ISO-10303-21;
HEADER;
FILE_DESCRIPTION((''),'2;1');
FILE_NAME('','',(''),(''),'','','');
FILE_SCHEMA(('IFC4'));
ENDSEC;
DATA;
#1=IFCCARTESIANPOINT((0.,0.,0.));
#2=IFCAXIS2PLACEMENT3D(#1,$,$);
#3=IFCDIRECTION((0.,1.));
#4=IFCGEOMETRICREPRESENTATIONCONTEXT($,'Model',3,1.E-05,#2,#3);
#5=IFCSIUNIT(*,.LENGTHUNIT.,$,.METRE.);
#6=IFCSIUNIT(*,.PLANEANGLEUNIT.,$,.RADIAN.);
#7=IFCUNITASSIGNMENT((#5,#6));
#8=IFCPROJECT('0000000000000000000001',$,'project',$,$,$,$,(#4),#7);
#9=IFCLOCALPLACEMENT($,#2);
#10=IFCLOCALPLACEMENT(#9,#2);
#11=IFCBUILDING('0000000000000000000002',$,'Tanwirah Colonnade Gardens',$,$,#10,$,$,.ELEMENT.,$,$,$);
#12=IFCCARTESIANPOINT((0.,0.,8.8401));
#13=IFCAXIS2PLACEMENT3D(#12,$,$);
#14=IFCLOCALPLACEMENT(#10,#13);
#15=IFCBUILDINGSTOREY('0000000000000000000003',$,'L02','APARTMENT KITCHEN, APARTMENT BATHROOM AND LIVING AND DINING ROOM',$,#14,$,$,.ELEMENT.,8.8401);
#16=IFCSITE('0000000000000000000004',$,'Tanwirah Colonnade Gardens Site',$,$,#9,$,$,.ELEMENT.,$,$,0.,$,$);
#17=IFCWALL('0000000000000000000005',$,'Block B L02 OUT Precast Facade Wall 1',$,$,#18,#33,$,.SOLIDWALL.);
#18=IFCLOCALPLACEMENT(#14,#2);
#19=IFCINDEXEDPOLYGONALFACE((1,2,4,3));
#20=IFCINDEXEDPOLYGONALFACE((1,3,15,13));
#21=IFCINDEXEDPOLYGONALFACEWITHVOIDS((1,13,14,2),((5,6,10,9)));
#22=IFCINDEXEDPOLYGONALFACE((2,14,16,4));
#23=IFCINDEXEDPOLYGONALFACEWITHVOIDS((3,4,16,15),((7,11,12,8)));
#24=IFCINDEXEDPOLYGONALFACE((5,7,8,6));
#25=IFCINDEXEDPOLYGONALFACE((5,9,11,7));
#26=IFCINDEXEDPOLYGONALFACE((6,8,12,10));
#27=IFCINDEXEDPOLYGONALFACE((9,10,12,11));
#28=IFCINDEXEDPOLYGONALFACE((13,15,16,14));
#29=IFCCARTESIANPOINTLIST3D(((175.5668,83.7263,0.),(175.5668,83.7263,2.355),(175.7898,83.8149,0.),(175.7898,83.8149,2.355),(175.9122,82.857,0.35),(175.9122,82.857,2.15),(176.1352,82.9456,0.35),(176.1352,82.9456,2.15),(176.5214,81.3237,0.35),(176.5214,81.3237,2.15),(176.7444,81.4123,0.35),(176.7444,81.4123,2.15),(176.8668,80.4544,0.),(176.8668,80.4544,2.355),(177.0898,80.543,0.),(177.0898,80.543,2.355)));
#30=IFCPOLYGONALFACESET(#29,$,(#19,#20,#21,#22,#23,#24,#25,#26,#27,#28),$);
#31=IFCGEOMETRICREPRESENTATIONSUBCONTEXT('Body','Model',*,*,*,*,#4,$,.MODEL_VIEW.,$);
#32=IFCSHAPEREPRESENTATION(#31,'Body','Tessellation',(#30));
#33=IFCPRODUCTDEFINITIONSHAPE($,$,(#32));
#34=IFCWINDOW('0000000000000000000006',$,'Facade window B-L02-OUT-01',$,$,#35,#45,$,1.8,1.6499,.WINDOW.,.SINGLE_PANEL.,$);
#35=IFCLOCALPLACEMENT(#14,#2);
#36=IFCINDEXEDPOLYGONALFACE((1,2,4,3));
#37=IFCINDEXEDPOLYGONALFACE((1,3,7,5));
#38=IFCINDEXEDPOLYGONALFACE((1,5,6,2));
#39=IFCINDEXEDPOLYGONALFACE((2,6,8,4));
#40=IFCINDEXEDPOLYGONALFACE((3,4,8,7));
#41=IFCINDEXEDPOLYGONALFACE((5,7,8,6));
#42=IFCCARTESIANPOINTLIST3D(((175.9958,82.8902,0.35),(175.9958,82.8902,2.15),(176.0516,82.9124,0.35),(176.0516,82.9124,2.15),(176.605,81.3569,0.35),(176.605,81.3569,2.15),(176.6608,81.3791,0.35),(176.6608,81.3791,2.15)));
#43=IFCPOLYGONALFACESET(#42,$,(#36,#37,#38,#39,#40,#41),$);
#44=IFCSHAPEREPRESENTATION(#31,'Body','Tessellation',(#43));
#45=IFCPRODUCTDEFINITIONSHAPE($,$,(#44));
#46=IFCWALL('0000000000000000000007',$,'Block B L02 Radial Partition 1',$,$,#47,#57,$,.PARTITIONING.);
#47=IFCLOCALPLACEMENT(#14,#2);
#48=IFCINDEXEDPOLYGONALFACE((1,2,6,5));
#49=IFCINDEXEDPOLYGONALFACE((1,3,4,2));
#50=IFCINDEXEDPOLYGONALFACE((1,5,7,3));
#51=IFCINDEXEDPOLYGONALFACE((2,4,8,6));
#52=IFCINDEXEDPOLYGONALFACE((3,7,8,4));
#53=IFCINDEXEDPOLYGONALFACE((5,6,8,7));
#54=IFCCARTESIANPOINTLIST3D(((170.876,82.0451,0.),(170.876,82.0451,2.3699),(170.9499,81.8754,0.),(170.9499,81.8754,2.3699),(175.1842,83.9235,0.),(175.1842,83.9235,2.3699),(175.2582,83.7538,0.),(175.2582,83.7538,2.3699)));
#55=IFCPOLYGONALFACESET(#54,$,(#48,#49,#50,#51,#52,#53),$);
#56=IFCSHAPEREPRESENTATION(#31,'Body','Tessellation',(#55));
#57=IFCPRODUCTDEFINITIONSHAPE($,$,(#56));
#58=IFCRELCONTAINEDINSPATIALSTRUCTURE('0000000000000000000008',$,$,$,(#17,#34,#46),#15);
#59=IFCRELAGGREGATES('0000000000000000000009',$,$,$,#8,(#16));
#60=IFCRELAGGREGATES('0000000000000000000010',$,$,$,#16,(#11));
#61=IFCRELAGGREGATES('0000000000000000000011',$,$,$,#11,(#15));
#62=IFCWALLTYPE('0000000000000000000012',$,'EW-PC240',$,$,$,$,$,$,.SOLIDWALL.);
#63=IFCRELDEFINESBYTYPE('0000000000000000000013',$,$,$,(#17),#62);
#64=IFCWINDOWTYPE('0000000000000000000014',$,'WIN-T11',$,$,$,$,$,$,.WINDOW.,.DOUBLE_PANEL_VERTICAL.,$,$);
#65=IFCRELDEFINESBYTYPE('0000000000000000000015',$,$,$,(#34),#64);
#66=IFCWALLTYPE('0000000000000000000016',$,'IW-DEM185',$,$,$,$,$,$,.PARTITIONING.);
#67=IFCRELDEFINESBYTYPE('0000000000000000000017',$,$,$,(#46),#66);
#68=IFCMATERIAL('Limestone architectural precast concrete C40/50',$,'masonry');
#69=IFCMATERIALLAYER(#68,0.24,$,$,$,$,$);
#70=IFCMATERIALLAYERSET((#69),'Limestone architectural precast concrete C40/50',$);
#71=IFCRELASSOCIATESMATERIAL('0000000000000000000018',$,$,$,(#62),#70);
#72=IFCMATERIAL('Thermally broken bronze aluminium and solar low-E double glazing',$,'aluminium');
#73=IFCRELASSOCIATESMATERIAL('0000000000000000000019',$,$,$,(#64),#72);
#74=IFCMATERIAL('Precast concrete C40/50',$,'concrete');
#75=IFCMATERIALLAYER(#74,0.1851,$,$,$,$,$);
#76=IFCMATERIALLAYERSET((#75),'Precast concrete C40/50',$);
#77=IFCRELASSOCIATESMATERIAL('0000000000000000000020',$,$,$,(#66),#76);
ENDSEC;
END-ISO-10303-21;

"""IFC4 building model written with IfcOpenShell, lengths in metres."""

from ifc_helpers import new_model, si_unit, direction, frame, frame_2d, origin, place, context, subcontext, project, spatial, rectangle, extrude, material, layer, layer_set, type_object, element, fill, save


model = new_model("IFC4")

# Units and contexts
model_context = context("Model", 3, precision=1e-05, world=origin(), true_north=direction((0.0, 1.0)))
body_context = subcontext(model_context, "Body", "Model", "MODEL_VIEW")
ifc_project = project(units=[si_unit("LENGTHUNIT", "METRE"), si_unit("PLANEANGLEUNIT", "RADIAN")], contexts=[model_context])

# Site, building, storey
site_placement = place(None, origin())
site = spatial("IfcSite", under=ifc_project, at=site_placement, Name="Tanwirah Colonnade Gardens Site", CompositionType="ELEMENT", RefElevation=0.0)
building_placement = place(site_placement, origin())
building = spatial("IfcBuilding", under=site, at=building_placement, Name="Tanwirah Colonnade Gardens", CompositionType="ELEMENT")
storey_placement = place(building_placement, frame((0.0, 0.0, 8.8401)))
storey = spatial("IfcBuildingStorey", under=building, at=storey_placement, Name="L02", Description="APARTMENT KITCHEN, APARTMENT BATHROOM AND LIVING AND DINING ROOM", CompositionType="ELEMENT", Elevation=8.8401)

# Shared definitions
ifc_material_1 = material(Name="Precast concrete C40/50", Category="concrete")

# Wall, opening, window
ifc_material_2 = material(Name="Limestone architectural precast concrete C40/50", Category="masonry")
ifc_layer_1 = layer(ifc_material_2, 0.24)
ifc_layer_set_1 = layer_set([ifc_layer_1], Name="Limestone architectural precast concrete C40/50")
wall_type_1 = type_object("IfcWallType", Name="EW-PC240", PredefinedType="SOLIDWALL", material=ifc_layer_set_1)
wall_1_placement = place(storey_placement, frame((176.9783, 80.4988, 0.0), z_axis=(0.0, 0.0, 1.0), x_axis=(-0.36925, 0.92933, 0.0)))
wall_1 = element("IfcWall", 1, at=wall_1_placement, inside=storey, type_object=wall_type_1, Name="Block B L02 OUT Precast Facade Wall 1", PredefinedType="SOLIDWALL", context=body_context, shape_type="SweptSolid", body=[
    extrude(rectangle(XDim=3.5208, YDim=0.24, at=frame_2d((1.7603, 0.0))), origin(), (0.0, 0.0, 1.0), 2.355),
])
opening_1_placement = place(wall_1_placement, frame((0.9353, 0.0, 0.3501)))
opening_1 = element("IfcOpeningElement", 2, at=opening_1_placement, cuts=wall_1, PredefinedType="OPENING", context=body_context, shape_type="SweptSolid", body=[
    extrude(rectangle(XDim=1.6499, YDim=1.8, at=frame_2d((0.825, 0.8999))), frame((0.0, 0.1299, 0.0), z_axis=(0.0, -1.0, 0.0), x_axis=(1.0, 0.0, 0.0)), (0.0, 0.0, 1.0), 0.26),
])
ifc_material_3 = material(Name="Thermally broken bronze aluminium and solar low-E double glazing", Category="aluminium")
window_type = type_object("IfcWindowType", Name="WIN-T11", PartitioningType="DOUBLE_PANEL_VERTICAL", PredefinedType="WINDOW", material=ifc_material_3)
window_placement = place(opening_1_placement, origin())
window = element("IfcWindow", 3, at=window_placement, inside=storey, type_object=window_type, Name="Facade window B-L02-OUT-01", OverallHeight=1.8, OverallWidth=1.6499, PartitioningType="SINGLE_PANEL", PredefinedType="WINDOW", context=body_context, shape_type="SweptSolid", body=[
    extrude(rectangle(XDim=1.6499, YDim=1.8, at=frame_2d((0.825, 0.8999))), frame((0.0, 0.03, 0.0), z_axis=(0.0, -1.0, 0.0), x_axis=(1.0, 0.0, 0.0)), (0.0, 0.0, 1.0), 0.0601),
])
fill(opening_1, window)

# Wall
ifc_layer_2 = layer(ifc_material_1, 0.1851)
ifc_layer_set_2 = layer_set([ifc_layer_2], Name="Precast concrete C40/50")
wall_type_2 = type_object("IfcWallType", Name="IW-DEM185", PredefinedType="PARTITIONING", material=ifc_layer_set_2)
wall_2_placement = place(storey_placement, frame((170.9128, 81.9602, 0.0), z_axis=(0.0, 0.0, 1.0), x_axis=(0.916663, 0.39966, 0.0)))
element("IfcWall", 4, at=wall_2_placement, inside=storey, type_object=wall_type_2, Name="Block B L02 Radial Partition 1", PredefinedType="PARTITIONING", context=body_context, shape_type="SweptSolid", body=[
    extrude(rectangle(XDim=4.7, YDim=0.1851, at=frame_2d((2.3501, 0.0))), origin(), (0.0, 0.0, 1.0), 2.3699),
])

save(model, "model.ifc")
